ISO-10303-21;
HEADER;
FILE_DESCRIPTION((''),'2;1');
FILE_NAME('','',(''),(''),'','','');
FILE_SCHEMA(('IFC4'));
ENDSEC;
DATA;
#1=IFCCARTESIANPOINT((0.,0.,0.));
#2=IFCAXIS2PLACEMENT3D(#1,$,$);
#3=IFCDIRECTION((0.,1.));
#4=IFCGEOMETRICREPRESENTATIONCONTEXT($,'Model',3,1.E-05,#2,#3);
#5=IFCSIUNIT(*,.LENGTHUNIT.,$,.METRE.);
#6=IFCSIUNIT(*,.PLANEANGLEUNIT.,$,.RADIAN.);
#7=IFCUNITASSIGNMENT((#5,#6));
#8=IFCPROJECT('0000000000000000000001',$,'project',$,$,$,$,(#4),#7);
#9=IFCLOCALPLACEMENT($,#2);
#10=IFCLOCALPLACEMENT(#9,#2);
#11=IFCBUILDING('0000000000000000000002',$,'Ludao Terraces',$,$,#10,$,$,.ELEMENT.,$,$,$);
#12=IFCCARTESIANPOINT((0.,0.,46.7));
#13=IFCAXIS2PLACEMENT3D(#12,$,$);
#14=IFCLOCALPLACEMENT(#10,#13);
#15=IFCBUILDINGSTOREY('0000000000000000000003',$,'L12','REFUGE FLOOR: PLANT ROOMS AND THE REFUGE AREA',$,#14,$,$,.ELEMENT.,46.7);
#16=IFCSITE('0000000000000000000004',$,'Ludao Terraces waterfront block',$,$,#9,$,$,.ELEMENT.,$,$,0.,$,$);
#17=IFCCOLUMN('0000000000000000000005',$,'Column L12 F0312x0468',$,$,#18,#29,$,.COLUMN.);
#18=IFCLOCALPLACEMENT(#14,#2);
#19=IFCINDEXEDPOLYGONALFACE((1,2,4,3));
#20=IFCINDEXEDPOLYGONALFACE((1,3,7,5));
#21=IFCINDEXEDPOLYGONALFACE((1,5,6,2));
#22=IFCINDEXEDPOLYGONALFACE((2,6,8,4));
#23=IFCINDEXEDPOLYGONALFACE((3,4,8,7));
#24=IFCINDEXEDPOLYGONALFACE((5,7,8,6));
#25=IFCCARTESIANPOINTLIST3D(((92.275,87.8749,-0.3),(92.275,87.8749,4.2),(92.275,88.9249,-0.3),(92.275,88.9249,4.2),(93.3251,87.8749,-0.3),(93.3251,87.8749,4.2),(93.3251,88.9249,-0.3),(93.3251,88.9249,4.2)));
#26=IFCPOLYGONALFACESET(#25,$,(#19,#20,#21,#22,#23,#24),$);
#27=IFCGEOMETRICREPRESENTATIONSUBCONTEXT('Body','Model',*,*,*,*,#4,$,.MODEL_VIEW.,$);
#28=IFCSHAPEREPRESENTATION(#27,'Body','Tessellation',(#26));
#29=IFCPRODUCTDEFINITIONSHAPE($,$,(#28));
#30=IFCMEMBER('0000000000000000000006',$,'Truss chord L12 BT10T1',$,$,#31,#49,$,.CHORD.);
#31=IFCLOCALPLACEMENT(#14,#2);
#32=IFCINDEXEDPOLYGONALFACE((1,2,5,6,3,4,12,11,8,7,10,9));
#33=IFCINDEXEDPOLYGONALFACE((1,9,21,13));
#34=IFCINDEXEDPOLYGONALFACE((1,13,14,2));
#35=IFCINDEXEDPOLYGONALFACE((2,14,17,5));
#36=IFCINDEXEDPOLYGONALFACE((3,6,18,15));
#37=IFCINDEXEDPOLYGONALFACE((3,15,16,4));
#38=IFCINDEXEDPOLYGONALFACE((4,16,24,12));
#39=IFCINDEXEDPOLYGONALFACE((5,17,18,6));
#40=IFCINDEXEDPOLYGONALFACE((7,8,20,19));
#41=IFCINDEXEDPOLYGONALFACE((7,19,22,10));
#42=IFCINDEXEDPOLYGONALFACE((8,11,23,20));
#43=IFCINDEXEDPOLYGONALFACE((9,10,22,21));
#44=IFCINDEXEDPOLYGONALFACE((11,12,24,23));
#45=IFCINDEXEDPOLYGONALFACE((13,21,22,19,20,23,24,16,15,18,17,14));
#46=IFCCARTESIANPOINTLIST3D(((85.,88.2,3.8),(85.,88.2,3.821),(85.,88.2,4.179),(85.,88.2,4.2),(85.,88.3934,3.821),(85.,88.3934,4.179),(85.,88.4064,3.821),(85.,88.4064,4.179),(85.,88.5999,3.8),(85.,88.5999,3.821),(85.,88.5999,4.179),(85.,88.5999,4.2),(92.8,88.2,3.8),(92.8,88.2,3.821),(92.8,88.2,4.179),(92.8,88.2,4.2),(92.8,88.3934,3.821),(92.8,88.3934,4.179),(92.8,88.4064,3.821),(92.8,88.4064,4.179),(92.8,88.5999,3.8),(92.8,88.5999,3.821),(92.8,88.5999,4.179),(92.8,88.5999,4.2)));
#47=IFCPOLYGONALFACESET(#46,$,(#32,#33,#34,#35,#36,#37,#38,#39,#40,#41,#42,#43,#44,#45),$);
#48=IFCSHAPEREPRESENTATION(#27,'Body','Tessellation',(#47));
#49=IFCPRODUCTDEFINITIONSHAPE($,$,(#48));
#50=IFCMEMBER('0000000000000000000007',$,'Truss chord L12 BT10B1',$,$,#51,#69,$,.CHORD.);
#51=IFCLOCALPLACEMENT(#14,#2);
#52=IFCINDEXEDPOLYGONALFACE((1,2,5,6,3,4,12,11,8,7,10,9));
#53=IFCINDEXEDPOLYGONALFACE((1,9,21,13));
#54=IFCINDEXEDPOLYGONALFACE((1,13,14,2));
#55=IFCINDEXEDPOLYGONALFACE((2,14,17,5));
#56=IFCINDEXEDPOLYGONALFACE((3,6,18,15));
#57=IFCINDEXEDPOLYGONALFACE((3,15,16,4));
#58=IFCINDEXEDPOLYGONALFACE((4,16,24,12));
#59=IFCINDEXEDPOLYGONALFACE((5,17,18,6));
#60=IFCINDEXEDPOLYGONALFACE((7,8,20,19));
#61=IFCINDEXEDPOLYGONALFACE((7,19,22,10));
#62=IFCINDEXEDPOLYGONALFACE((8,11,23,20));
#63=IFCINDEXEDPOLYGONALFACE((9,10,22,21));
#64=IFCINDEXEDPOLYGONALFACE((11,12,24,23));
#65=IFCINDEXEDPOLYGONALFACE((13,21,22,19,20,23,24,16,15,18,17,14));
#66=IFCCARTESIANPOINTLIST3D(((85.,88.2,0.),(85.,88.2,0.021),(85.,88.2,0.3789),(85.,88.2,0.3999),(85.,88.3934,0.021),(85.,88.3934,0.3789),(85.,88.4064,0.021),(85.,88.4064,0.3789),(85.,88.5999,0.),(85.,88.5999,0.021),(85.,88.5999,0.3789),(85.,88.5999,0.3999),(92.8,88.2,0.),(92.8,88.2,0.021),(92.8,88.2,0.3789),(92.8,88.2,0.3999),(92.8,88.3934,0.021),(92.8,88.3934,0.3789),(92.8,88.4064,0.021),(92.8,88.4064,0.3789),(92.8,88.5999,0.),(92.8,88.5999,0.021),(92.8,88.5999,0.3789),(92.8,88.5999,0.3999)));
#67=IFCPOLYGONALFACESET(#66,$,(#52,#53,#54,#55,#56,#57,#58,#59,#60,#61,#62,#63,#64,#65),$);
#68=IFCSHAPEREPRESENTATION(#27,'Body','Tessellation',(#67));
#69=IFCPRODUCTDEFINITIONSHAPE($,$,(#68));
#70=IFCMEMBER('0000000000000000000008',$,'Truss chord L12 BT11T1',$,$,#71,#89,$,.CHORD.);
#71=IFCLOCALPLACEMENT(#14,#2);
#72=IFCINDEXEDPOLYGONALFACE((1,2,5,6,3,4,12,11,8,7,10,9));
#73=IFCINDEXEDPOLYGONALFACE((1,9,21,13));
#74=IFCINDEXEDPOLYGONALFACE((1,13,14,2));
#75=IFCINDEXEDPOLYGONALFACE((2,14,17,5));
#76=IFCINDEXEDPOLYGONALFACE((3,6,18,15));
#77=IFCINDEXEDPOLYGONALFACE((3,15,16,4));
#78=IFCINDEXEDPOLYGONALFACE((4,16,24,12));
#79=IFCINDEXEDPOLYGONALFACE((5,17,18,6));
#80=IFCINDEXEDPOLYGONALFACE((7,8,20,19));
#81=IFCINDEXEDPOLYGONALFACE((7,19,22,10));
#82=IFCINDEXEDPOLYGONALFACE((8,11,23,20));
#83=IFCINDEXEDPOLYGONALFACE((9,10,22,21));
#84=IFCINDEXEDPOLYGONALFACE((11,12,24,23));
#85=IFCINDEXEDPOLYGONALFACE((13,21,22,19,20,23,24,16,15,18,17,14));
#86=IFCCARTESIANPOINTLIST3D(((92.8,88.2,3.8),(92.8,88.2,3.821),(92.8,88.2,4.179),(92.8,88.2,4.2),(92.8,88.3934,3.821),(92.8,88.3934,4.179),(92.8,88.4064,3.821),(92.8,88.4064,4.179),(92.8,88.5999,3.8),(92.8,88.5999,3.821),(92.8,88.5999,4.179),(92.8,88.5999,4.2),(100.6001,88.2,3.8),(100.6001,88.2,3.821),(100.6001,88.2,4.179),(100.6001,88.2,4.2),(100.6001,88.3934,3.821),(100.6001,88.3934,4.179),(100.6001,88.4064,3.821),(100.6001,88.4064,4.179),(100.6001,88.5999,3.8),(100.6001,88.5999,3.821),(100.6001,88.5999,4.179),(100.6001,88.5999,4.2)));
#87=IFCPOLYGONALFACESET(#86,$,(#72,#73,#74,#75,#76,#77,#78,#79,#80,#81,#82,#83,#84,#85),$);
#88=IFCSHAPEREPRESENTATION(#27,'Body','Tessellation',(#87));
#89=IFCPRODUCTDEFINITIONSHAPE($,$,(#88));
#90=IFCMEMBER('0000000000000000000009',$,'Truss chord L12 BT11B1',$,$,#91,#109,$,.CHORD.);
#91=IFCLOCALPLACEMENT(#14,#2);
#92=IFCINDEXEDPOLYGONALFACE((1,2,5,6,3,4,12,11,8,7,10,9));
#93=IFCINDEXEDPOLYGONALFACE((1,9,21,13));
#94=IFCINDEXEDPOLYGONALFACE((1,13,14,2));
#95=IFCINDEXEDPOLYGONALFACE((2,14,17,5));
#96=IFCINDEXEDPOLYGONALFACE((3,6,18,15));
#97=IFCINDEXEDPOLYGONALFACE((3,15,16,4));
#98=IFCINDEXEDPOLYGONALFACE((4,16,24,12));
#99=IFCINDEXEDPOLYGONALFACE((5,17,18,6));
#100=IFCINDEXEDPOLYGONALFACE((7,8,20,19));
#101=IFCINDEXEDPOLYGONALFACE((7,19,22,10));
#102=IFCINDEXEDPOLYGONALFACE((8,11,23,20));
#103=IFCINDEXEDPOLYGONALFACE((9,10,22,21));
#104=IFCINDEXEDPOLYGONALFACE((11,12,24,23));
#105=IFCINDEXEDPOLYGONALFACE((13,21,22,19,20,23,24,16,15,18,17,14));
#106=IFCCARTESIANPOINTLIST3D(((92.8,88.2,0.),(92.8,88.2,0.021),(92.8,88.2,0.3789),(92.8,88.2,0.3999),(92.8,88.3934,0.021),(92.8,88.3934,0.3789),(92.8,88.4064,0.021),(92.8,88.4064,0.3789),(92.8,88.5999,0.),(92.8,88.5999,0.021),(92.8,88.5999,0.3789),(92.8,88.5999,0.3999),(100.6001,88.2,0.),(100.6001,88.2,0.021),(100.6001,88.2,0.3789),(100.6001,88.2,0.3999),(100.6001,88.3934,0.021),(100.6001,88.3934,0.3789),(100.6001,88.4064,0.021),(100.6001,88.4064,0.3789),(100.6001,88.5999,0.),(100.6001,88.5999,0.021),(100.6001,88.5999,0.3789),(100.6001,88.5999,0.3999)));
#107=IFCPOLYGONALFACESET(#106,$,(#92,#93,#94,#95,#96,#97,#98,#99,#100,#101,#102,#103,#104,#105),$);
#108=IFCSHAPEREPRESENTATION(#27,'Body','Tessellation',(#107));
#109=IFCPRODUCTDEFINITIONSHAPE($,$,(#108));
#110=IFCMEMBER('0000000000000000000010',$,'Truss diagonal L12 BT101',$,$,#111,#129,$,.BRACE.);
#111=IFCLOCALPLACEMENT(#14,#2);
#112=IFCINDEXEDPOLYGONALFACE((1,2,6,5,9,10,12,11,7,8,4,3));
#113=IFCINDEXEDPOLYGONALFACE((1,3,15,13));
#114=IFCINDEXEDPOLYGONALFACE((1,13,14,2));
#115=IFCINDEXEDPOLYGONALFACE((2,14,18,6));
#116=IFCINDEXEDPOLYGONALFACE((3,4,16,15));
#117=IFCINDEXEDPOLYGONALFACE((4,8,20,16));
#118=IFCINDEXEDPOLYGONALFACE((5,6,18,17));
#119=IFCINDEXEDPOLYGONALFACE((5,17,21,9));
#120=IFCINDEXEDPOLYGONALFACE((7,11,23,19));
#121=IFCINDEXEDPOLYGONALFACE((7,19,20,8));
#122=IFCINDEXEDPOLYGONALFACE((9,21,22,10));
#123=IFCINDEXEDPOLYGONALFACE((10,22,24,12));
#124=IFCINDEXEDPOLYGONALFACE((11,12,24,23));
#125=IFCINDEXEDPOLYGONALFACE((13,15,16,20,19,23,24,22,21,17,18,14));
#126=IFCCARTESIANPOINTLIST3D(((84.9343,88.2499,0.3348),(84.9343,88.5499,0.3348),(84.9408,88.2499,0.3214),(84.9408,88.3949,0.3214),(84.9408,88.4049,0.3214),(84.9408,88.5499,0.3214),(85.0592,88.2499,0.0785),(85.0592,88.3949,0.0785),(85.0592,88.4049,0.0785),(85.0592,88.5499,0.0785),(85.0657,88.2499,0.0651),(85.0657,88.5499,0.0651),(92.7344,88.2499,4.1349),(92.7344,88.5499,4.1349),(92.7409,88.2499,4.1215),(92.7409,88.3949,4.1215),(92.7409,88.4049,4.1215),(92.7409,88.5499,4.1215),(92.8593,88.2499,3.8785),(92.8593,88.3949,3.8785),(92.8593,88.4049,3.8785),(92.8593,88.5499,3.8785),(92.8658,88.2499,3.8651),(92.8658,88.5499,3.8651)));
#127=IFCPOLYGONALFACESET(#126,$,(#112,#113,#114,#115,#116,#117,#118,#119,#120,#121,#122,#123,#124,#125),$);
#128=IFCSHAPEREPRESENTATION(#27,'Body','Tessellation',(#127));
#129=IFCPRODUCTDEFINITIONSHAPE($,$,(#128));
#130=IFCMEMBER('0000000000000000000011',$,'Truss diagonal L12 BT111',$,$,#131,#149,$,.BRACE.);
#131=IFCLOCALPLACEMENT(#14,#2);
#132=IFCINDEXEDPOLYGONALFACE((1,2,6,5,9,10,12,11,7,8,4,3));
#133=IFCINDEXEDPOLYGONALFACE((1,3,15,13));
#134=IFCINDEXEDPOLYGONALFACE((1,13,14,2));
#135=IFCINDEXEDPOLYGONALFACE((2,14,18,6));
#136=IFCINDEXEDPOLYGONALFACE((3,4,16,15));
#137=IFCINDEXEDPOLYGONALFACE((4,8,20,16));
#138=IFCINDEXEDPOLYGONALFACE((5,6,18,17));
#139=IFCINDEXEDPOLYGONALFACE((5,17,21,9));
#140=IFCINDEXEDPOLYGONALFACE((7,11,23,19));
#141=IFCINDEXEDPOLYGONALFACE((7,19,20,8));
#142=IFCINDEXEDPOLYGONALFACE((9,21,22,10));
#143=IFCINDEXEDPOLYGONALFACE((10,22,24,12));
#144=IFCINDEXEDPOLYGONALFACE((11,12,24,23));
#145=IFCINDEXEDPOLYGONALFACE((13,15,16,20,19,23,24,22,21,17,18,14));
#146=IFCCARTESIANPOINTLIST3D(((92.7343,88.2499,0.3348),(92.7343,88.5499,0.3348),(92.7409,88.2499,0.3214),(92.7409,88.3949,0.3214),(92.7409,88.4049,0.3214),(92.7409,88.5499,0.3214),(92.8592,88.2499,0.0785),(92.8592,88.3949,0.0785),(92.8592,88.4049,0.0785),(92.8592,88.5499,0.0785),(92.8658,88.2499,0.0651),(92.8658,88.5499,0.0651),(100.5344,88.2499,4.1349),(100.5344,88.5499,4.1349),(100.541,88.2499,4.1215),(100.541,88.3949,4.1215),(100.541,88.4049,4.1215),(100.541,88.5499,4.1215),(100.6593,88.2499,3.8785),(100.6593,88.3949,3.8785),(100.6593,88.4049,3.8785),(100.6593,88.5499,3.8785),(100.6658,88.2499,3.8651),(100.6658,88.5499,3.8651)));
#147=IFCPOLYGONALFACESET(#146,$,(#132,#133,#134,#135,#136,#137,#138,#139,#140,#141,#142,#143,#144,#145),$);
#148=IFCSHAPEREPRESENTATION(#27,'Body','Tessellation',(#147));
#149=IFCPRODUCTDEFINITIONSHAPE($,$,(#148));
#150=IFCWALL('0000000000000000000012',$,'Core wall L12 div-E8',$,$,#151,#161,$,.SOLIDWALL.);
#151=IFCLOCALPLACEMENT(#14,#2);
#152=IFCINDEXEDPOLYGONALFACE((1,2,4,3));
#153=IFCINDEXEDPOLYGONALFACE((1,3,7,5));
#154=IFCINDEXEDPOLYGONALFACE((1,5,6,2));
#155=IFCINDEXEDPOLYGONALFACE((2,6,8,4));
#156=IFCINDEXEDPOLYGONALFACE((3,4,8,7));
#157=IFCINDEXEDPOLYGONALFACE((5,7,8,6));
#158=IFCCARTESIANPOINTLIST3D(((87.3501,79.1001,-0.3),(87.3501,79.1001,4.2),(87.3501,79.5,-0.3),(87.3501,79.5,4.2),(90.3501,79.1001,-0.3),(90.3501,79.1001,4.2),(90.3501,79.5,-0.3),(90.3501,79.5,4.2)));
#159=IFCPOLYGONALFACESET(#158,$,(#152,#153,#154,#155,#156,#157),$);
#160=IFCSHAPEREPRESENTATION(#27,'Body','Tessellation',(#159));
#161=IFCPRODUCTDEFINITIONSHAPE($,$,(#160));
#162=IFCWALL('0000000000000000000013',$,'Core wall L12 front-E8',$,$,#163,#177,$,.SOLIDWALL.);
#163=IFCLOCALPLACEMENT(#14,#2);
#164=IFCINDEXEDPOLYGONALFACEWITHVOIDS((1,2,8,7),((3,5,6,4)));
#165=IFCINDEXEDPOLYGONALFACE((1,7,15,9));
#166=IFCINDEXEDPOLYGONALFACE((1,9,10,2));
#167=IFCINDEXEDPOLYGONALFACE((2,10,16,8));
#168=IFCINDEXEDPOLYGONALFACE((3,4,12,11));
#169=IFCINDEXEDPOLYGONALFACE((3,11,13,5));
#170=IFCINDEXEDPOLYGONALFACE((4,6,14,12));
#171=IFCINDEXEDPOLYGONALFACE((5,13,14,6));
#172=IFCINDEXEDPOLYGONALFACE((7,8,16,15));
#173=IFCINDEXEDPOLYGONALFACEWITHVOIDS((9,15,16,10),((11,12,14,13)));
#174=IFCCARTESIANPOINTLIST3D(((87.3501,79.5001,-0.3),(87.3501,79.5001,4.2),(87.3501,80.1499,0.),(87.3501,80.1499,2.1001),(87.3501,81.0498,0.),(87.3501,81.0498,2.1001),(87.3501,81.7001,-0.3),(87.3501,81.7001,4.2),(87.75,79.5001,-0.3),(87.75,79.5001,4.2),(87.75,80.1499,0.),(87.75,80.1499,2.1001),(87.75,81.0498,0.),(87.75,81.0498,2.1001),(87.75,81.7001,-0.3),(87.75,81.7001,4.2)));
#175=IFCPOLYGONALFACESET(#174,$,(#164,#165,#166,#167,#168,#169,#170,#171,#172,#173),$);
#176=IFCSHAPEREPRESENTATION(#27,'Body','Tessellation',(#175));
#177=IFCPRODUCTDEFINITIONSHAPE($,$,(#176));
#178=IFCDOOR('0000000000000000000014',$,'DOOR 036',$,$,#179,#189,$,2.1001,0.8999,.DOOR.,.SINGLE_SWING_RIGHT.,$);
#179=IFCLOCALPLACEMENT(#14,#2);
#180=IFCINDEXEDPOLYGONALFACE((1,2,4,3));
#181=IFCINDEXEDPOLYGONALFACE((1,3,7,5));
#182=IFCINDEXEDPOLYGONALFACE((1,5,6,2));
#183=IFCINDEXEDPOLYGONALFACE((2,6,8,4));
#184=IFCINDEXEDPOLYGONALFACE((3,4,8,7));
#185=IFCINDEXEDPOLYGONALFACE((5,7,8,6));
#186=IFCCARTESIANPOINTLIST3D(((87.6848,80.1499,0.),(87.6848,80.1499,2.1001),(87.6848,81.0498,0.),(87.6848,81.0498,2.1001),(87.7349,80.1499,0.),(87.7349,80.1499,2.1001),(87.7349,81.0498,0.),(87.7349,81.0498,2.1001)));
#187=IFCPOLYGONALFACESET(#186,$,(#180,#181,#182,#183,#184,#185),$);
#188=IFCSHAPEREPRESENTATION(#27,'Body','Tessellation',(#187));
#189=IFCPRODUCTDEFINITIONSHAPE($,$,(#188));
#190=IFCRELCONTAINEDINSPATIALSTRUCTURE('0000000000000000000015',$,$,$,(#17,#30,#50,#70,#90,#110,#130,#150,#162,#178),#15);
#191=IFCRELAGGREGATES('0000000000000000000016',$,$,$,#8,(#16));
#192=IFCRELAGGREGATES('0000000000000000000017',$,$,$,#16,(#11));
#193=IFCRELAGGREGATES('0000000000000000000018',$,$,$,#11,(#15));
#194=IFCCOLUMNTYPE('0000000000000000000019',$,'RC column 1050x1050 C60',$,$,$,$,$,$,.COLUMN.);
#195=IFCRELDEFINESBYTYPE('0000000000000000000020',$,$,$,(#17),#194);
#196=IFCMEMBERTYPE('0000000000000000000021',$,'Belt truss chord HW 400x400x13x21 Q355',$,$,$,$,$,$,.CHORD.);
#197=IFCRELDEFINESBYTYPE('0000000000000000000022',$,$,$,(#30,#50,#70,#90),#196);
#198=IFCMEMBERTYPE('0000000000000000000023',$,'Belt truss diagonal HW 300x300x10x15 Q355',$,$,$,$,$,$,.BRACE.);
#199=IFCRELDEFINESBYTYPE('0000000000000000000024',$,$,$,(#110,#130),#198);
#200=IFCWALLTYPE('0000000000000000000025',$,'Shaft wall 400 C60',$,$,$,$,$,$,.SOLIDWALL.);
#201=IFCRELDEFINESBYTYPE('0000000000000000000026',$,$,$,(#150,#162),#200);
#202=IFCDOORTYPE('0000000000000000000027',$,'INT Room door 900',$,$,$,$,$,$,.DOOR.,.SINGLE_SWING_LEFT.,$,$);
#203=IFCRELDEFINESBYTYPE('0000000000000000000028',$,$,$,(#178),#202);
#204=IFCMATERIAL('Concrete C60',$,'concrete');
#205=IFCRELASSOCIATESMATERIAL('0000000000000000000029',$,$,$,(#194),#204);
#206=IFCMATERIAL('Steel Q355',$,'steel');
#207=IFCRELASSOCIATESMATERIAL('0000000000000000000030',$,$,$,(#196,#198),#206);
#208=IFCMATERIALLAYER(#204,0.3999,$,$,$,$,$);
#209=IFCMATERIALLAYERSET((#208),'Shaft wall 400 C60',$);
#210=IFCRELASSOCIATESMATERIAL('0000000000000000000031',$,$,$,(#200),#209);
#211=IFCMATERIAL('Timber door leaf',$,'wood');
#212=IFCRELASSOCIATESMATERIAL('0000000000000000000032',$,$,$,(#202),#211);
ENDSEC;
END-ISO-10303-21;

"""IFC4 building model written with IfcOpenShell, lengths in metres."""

from ifc_helpers import new_model, si_unit, direction, frame, frame_2d, origin, origin_2d, place, context, subcontext, project, spatial, rectangle, i_section, extrude, material, layer, layer_set, material_profile, profile_set, type_object, element, fill, save


model = new_model("IFC4")

# Units and contexts
model_context = context("Model", 3, precision=1e-05, world=origin(), true_north=direction((0.0, 1.0)))
body_context = subcontext(model_context, "Body", "Model", "MODEL_VIEW")
ifc_project = project(units=[si_unit("LENGTHUNIT", "METRE"), si_unit("PLANEANGLEUNIT", "RADIAN")], contexts=[model_context])

# Site, building, storey
site_placement = place(None, origin())
site = spatial("IfcSite", under=ifc_project, at=site_placement, Name="Ludao Terraces waterfront block", CompositionType="ELEMENT", RefElevation=0.0)
building_placement = place(site_placement, origin())
building = spatial("IfcBuilding", under=site, at=building_placement, Name="Ludao Terraces", CompositionType="ELEMENT")
storey_placement = place(building_placement, frame((0.0, 0.0, 46.7)))
storey = spatial("IfcBuildingStorey", under=building, at=storey_placement, Name="L12", Description="REFUGE FLOOR: PLANT ROOMS AND THE REFUGE AREA", CompositionType="ELEMENT", Elevation=46.7)

# Column
ifc_material_1 = material(Name="Concrete C60", Category="concrete")
ifc_material_profile_1 = material_profile(ifc_material_1, rectangle(XDim=1.05, YDim=1.05, at=origin_2d()), Name="1050 X 1050")
ifc_profile_set_1 = profile_set([ifc_material_profile_1], Name="Concrete C60")
column_type = type_object("IfcColumnType", Name="RC column 1050x1050 C60", PredefinedType="COLUMN", material=ifc_profile_set_1)
column_placement = place(storey_placement, frame((92.8, 88.3999, -0.3), z_axis=(0.0, 0.0, 1.0), x_axis=(1.0, 0.0, 0.0)))
element("IfcColumn", 1, at=column_placement, inside=storey, type_object=column_type, Name="Column L12 F0312x0468", PredefinedType="COLUMN", context=body_context, shape_type="SweptSolid", body=[
    extrude(rectangle(XDim=1.05, YDim=1.05, at=origin_2d()), origin(), (0.0, 0.0, 1.0), 4.5),
])

# Members
ifc_material_2 = material(Name="Steel Q355", Category="steel")
ifc_material_profile_2 = material_profile(ifc_material_2, i_section(OverallWidth=0.3999, OverallDepth=0.3999, WebThickness=0.0129, FlangeThickness=0.021, at=origin_2d()), Name="HW 400X400X13X21")
ifc_profile_set_2 = profile_set([ifc_material_profile_2], Name="Steel Q355")
member_type_1 = type_object("IfcMemberType", Name="Belt truss chord HW 400x400x13x21 Q355", PredefinedType="CHORD", material=ifc_profile_set_2)
for number, where, z_axis, x_axis, name in (
    (2, (85.0, 88.3999, 4.0), (1.0, 0.0, 0.0), (0.0, 1.0, 0.0), "Truss chord L12 BT10T1"),
    (3, (85.0, 88.3999, 0.2), (1.0, 0.0, 0.0), (0.0, 1.0, 0.0), "Truss chord L12 BT10B1"),
    (4, (92.8, 88.3999, 4.0), (1.0, 0.0, 0.0), (0.0, 1.0, 0.0), "Truss chord L12 BT11T1"),
    (5, (92.8, 88.3999, 0.2), (1.0, 0.0, 0.0), (0.0, 1.0, 0.0), "Truss chord L12 BT11B1"),
):
    element("IfcMember", number, at=place(storey_placement, frame(where, z_axis=z_axis, x_axis=x_axis)), inside=storey, type_object=member_type_1, Name=name, PredefinedType="CHORD", context=body_context, shape_type="SweptSolid", body=[
        extrude(i_section(OverallWidth=0.3999, OverallDepth=0.3999, WebThickness=0.0129, FlangeThickness=0.021, at=origin_2d()), origin(), (0.0, 0.0, 1.0), 7.8),
    ])
ifc_material_profile_3 = material_profile(ifc_material_2, i_section(OverallWidth=0.3, OverallDepth=0.3, WebThickness=0.01, FlangeThickness=0.0149, at=origin_2d()), Name="HW 300X300X10X15")
ifc_profile_set_3 = profile_set([ifc_material_profile_3], Name="Steel Q355")
member_type_2 = type_object("IfcMemberType", Name="Belt truss diagonal HW 300x300x10x15 Q355", PredefinedType="BRACE", material=ifc_profile_set_3)
for number, where, z_axis, x_axis, name in (
    (6, (85.0, 88.3999, 0.2), (0.898989, 0.0, 0.437972), (0.0, 1.0, 0.0), "Truss diagonal L12 BT101"),
    (7, (92.8, 88.3999, 0.2), (0.898989, 0.0, 0.437972), (0.0, 1.0, 0.0), "Truss diagonal L12 BT111"),
):
    element("IfcMember", number, at=place(storey_placement, frame(where, z_axis=z_axis, x_axis=x_axis)), inside=storey, type_object=member_type_2, Name=name, PredefinedType="BRACE", context=body_context, shape_type="SweptSolid", body=[
        extrude(i_section(OverallWidth=0.3, OverallDepth=0.3, WebThickness=0.01, FlangeThickness=0.0149, at=origin_2d()), origin(), (0.0, 0.0, 1.0), 8.6765),
    ])

# Wall
ifc_layer = layer(ifc_material_1, 0.3999)
ifc_layer_set = layer_set([ifc_layer], Name="Shaft wall 400 C60")
wall_type = type_object("IfcWallType", Name="Shaft wall 400 C60", PredefinedType="SOLIDWALL", material=ifc_layer_set)
wall_1_placement = place(storey_placement, frame((87.3501, 79.3, -0.3), z_axis=(0.0, 0.0, 1.0), x_axis=(1.0, 0.0, 0.0)))
element("IfcWall", 8, at=wall_1_placement, inside=storey, type_object=wall_type, Name="Core wall L12 div-E8", PredefinedType="SOLIDWALL", context=body_context, shape_type="SweptSolid", body=[
    extrude(rectangle(XDim=3.0, YDim=0.3999, at=frame_2d((1.5, 0.0))), origin(), (0.0, 0.0, 1.0), 4.5),
])

# Wall, opening, door
wall_2_placement = place(storey_placement, frame((87.55, 79.5, -0.3), z_axis=(0.0, 0.0, 1.0), x_axis=(0.0, 1.0, 0.0)))
wall_2 = element("IfcWall", 9, at=wall_2_placement, inside=storey, type_object=wall_type, Name="Core wall L12 front-E8", PredefinedType="SOLIDWALL", context=body_context, shape_type="SweptSolid", body=[
    extrude(rectangle(XDim=2.2, YDim=0.3999, at=frame_2d((1.1001, 0.0))), origin(), (0.0, 0.0, 1.0), 4.5),
])
opening_1_placement = place(wall_2_placement, frame((0.6499, 0.0, 0.3)))
opening_1 = element("IfcOpeningElement", 10, at=opening_1_placement, cuts=wall_2, PredefinedType="OPENING", context=body_context, shape_type="SweptSolid", body=[
    extrude(rectangle(XDim=0.8999, YDim=2.1001, at=frame_2d((0.45, 1.05))), frame((0.0, 0.21, 0.0), z_axis=(0.0, -1.0, 0.0), x_axis=(1.0, 0.0, 0.0)), (0.0, 0.0, 1.0), 0.4199),
])
ifc_material_3 = material(Name="Timber door leaf", Category="wood")
door_type = type_object("IfcDoorType", Name="INT Room door 900", OperationType="SINGLE_SWING_LEFT", PredefinedType="DOOR", material=ifc_material_3)
door_1_placement = place(opening_1_placement, origin())
door_1 = element("IfcDoor", 11, at=door_1_placement, inside=storey, type_object=door_type, Name="DOOR 036", OperationType="SINGLE_SWING_RIGHT", OverallHeight=2.1001, OverallWidth=0.8999, PredefinedType="DOOR", context=body_context, shape_type="SweptSolid", body=[
    extrude(rectangle(XDim=0.8999, YDim=2.1001, at=frame_2d((0.45, 1.05))), frame((0.0, -0.1348, 0.0), z_axis=(0.0, -1.0, 0.0), x_axis=(1.0, 0.0, 0.0)), (0.0, 0.0, 1.0), 0.05),
])
fill(opening_1, door_1)

save(model, "model.ifc")
